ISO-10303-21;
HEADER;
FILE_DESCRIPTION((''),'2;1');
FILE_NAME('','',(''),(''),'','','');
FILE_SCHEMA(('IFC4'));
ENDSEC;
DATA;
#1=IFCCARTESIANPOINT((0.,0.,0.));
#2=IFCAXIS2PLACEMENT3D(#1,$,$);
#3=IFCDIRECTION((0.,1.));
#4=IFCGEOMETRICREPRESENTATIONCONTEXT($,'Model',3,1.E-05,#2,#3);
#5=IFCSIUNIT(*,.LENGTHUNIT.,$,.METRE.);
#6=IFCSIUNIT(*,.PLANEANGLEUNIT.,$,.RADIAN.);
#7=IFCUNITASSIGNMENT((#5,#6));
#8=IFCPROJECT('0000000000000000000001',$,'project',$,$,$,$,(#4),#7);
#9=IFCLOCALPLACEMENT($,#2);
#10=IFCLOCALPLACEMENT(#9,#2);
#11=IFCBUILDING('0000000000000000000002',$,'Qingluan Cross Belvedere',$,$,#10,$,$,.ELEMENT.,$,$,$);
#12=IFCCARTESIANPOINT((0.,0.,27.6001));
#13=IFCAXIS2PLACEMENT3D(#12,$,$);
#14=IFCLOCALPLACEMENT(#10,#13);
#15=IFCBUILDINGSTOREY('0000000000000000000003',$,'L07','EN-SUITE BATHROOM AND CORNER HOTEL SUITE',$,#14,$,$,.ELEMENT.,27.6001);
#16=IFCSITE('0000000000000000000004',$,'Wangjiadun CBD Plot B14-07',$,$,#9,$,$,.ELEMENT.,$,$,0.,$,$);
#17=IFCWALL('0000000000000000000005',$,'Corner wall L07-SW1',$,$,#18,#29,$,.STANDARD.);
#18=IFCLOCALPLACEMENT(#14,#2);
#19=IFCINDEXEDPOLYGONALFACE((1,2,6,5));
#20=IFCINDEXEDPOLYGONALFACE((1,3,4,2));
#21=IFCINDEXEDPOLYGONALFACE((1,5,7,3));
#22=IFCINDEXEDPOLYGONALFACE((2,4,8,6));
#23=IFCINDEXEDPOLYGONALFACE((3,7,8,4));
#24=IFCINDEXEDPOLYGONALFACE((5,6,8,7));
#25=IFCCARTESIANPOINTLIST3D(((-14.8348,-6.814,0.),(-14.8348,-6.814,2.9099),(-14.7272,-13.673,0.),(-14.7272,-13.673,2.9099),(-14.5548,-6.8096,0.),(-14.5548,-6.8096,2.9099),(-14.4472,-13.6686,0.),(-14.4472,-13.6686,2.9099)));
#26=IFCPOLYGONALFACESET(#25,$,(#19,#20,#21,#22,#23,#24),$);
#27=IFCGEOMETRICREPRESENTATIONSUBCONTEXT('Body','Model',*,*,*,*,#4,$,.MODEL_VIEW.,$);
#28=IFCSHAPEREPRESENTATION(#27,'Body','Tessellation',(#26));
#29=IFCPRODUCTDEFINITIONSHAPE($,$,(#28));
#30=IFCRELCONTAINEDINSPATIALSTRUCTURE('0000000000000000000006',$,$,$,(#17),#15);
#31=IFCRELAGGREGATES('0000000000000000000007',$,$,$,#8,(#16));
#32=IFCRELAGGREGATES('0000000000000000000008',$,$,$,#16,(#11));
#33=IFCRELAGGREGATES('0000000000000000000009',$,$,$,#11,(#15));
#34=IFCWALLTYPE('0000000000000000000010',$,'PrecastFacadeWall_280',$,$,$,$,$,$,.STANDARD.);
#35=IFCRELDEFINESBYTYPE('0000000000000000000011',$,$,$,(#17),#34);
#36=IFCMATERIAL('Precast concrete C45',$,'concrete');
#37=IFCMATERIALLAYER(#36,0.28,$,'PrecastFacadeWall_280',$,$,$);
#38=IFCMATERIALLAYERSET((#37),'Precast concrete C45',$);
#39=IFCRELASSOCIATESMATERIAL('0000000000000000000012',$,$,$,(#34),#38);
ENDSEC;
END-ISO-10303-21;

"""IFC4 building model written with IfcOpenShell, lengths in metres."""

from ifc_helpers import new_model, si_unit, direction, frame, frame_2d, origin, place, context, subcontext, project, spatial, rectangle, extrude, material, layer, layer_set, type_object, element, save


model = new_model("IFC4")

# Units and contexts
model_context = context("Model", 3, precision=1e-05, world=origin(), true_north=direction((0.0, 1.0)))
body_context = subcontext(model_context, "Body", "Model", "MODEL_VIEW")
ifc_project = project(units=[si_unit("LENGTHUNIT", "METRE"), si_unit("PLANEANGLEUNIT", "RADIAN")], contexts=[model_context])

# Site, building, storey
site_placement = place(None, origin())
site = spatial("IfcSite", under=ifc_project, at=site_placement, Name="Wangjiadun CBD Plot B14-07", CompositionType="ELEMENT", RefElevation=0.0)
building_placement = place(site_placement, origin())
building = spatial("IfcBuilding", under=site, at=building_placement, Name="Qingluan Cross Belvedere", CompositionType="ELEMENT")
storey_placement = place(building_placement, frame((0.0, 0.0, 27.6001)))
storey = spatial("IfcBuildingStorey", under=building, at=storey_placement, Name="L07", Description="EN-SUITE BATHROOM AND CORNER HOTEL SUITE", CompositionType="ELEMENT", Elevation=27.6001)

# Wall
ifc_material_1 = material(Name="Precast concrete C45", Category="concrete")
ifc_layer_1 = layer(ifc_material_1, 0.28, Name="PrecastFacadeWall_280")
ifc_layer_set_1 = layer_set([ifc_layer_1], Name="Precast concrete C45")
wall_type_1 = type_object("IfcWallType", Name="PrecastFacadeWall_280", PredefinedType="STANDARD", material=ifc_layer_set_1)
wall_1_placement = place(storey_placement, frame((-14.6948, -6.8118, 0.0), z_axis=(0.0, 0.0, 1.0), x_axis=(0.015695, -0.999877, 0.0)))
element("IfcWall", 1, at=wall_1_placement, inside=storey, type_object=wall_type_1, Name="Corner wall L07-SW1", PredefinedType="STANDARD", context=body_context, shape_type="SweptSolid", body=[
    extrude(rectangle(XDim=6.8599, YDim=0.28, at=frame_2d((3.4299, 0.0))), origin(), (0.0, 0.0, 1.0), 2.9099),
])

save(model, "model.ifc")
